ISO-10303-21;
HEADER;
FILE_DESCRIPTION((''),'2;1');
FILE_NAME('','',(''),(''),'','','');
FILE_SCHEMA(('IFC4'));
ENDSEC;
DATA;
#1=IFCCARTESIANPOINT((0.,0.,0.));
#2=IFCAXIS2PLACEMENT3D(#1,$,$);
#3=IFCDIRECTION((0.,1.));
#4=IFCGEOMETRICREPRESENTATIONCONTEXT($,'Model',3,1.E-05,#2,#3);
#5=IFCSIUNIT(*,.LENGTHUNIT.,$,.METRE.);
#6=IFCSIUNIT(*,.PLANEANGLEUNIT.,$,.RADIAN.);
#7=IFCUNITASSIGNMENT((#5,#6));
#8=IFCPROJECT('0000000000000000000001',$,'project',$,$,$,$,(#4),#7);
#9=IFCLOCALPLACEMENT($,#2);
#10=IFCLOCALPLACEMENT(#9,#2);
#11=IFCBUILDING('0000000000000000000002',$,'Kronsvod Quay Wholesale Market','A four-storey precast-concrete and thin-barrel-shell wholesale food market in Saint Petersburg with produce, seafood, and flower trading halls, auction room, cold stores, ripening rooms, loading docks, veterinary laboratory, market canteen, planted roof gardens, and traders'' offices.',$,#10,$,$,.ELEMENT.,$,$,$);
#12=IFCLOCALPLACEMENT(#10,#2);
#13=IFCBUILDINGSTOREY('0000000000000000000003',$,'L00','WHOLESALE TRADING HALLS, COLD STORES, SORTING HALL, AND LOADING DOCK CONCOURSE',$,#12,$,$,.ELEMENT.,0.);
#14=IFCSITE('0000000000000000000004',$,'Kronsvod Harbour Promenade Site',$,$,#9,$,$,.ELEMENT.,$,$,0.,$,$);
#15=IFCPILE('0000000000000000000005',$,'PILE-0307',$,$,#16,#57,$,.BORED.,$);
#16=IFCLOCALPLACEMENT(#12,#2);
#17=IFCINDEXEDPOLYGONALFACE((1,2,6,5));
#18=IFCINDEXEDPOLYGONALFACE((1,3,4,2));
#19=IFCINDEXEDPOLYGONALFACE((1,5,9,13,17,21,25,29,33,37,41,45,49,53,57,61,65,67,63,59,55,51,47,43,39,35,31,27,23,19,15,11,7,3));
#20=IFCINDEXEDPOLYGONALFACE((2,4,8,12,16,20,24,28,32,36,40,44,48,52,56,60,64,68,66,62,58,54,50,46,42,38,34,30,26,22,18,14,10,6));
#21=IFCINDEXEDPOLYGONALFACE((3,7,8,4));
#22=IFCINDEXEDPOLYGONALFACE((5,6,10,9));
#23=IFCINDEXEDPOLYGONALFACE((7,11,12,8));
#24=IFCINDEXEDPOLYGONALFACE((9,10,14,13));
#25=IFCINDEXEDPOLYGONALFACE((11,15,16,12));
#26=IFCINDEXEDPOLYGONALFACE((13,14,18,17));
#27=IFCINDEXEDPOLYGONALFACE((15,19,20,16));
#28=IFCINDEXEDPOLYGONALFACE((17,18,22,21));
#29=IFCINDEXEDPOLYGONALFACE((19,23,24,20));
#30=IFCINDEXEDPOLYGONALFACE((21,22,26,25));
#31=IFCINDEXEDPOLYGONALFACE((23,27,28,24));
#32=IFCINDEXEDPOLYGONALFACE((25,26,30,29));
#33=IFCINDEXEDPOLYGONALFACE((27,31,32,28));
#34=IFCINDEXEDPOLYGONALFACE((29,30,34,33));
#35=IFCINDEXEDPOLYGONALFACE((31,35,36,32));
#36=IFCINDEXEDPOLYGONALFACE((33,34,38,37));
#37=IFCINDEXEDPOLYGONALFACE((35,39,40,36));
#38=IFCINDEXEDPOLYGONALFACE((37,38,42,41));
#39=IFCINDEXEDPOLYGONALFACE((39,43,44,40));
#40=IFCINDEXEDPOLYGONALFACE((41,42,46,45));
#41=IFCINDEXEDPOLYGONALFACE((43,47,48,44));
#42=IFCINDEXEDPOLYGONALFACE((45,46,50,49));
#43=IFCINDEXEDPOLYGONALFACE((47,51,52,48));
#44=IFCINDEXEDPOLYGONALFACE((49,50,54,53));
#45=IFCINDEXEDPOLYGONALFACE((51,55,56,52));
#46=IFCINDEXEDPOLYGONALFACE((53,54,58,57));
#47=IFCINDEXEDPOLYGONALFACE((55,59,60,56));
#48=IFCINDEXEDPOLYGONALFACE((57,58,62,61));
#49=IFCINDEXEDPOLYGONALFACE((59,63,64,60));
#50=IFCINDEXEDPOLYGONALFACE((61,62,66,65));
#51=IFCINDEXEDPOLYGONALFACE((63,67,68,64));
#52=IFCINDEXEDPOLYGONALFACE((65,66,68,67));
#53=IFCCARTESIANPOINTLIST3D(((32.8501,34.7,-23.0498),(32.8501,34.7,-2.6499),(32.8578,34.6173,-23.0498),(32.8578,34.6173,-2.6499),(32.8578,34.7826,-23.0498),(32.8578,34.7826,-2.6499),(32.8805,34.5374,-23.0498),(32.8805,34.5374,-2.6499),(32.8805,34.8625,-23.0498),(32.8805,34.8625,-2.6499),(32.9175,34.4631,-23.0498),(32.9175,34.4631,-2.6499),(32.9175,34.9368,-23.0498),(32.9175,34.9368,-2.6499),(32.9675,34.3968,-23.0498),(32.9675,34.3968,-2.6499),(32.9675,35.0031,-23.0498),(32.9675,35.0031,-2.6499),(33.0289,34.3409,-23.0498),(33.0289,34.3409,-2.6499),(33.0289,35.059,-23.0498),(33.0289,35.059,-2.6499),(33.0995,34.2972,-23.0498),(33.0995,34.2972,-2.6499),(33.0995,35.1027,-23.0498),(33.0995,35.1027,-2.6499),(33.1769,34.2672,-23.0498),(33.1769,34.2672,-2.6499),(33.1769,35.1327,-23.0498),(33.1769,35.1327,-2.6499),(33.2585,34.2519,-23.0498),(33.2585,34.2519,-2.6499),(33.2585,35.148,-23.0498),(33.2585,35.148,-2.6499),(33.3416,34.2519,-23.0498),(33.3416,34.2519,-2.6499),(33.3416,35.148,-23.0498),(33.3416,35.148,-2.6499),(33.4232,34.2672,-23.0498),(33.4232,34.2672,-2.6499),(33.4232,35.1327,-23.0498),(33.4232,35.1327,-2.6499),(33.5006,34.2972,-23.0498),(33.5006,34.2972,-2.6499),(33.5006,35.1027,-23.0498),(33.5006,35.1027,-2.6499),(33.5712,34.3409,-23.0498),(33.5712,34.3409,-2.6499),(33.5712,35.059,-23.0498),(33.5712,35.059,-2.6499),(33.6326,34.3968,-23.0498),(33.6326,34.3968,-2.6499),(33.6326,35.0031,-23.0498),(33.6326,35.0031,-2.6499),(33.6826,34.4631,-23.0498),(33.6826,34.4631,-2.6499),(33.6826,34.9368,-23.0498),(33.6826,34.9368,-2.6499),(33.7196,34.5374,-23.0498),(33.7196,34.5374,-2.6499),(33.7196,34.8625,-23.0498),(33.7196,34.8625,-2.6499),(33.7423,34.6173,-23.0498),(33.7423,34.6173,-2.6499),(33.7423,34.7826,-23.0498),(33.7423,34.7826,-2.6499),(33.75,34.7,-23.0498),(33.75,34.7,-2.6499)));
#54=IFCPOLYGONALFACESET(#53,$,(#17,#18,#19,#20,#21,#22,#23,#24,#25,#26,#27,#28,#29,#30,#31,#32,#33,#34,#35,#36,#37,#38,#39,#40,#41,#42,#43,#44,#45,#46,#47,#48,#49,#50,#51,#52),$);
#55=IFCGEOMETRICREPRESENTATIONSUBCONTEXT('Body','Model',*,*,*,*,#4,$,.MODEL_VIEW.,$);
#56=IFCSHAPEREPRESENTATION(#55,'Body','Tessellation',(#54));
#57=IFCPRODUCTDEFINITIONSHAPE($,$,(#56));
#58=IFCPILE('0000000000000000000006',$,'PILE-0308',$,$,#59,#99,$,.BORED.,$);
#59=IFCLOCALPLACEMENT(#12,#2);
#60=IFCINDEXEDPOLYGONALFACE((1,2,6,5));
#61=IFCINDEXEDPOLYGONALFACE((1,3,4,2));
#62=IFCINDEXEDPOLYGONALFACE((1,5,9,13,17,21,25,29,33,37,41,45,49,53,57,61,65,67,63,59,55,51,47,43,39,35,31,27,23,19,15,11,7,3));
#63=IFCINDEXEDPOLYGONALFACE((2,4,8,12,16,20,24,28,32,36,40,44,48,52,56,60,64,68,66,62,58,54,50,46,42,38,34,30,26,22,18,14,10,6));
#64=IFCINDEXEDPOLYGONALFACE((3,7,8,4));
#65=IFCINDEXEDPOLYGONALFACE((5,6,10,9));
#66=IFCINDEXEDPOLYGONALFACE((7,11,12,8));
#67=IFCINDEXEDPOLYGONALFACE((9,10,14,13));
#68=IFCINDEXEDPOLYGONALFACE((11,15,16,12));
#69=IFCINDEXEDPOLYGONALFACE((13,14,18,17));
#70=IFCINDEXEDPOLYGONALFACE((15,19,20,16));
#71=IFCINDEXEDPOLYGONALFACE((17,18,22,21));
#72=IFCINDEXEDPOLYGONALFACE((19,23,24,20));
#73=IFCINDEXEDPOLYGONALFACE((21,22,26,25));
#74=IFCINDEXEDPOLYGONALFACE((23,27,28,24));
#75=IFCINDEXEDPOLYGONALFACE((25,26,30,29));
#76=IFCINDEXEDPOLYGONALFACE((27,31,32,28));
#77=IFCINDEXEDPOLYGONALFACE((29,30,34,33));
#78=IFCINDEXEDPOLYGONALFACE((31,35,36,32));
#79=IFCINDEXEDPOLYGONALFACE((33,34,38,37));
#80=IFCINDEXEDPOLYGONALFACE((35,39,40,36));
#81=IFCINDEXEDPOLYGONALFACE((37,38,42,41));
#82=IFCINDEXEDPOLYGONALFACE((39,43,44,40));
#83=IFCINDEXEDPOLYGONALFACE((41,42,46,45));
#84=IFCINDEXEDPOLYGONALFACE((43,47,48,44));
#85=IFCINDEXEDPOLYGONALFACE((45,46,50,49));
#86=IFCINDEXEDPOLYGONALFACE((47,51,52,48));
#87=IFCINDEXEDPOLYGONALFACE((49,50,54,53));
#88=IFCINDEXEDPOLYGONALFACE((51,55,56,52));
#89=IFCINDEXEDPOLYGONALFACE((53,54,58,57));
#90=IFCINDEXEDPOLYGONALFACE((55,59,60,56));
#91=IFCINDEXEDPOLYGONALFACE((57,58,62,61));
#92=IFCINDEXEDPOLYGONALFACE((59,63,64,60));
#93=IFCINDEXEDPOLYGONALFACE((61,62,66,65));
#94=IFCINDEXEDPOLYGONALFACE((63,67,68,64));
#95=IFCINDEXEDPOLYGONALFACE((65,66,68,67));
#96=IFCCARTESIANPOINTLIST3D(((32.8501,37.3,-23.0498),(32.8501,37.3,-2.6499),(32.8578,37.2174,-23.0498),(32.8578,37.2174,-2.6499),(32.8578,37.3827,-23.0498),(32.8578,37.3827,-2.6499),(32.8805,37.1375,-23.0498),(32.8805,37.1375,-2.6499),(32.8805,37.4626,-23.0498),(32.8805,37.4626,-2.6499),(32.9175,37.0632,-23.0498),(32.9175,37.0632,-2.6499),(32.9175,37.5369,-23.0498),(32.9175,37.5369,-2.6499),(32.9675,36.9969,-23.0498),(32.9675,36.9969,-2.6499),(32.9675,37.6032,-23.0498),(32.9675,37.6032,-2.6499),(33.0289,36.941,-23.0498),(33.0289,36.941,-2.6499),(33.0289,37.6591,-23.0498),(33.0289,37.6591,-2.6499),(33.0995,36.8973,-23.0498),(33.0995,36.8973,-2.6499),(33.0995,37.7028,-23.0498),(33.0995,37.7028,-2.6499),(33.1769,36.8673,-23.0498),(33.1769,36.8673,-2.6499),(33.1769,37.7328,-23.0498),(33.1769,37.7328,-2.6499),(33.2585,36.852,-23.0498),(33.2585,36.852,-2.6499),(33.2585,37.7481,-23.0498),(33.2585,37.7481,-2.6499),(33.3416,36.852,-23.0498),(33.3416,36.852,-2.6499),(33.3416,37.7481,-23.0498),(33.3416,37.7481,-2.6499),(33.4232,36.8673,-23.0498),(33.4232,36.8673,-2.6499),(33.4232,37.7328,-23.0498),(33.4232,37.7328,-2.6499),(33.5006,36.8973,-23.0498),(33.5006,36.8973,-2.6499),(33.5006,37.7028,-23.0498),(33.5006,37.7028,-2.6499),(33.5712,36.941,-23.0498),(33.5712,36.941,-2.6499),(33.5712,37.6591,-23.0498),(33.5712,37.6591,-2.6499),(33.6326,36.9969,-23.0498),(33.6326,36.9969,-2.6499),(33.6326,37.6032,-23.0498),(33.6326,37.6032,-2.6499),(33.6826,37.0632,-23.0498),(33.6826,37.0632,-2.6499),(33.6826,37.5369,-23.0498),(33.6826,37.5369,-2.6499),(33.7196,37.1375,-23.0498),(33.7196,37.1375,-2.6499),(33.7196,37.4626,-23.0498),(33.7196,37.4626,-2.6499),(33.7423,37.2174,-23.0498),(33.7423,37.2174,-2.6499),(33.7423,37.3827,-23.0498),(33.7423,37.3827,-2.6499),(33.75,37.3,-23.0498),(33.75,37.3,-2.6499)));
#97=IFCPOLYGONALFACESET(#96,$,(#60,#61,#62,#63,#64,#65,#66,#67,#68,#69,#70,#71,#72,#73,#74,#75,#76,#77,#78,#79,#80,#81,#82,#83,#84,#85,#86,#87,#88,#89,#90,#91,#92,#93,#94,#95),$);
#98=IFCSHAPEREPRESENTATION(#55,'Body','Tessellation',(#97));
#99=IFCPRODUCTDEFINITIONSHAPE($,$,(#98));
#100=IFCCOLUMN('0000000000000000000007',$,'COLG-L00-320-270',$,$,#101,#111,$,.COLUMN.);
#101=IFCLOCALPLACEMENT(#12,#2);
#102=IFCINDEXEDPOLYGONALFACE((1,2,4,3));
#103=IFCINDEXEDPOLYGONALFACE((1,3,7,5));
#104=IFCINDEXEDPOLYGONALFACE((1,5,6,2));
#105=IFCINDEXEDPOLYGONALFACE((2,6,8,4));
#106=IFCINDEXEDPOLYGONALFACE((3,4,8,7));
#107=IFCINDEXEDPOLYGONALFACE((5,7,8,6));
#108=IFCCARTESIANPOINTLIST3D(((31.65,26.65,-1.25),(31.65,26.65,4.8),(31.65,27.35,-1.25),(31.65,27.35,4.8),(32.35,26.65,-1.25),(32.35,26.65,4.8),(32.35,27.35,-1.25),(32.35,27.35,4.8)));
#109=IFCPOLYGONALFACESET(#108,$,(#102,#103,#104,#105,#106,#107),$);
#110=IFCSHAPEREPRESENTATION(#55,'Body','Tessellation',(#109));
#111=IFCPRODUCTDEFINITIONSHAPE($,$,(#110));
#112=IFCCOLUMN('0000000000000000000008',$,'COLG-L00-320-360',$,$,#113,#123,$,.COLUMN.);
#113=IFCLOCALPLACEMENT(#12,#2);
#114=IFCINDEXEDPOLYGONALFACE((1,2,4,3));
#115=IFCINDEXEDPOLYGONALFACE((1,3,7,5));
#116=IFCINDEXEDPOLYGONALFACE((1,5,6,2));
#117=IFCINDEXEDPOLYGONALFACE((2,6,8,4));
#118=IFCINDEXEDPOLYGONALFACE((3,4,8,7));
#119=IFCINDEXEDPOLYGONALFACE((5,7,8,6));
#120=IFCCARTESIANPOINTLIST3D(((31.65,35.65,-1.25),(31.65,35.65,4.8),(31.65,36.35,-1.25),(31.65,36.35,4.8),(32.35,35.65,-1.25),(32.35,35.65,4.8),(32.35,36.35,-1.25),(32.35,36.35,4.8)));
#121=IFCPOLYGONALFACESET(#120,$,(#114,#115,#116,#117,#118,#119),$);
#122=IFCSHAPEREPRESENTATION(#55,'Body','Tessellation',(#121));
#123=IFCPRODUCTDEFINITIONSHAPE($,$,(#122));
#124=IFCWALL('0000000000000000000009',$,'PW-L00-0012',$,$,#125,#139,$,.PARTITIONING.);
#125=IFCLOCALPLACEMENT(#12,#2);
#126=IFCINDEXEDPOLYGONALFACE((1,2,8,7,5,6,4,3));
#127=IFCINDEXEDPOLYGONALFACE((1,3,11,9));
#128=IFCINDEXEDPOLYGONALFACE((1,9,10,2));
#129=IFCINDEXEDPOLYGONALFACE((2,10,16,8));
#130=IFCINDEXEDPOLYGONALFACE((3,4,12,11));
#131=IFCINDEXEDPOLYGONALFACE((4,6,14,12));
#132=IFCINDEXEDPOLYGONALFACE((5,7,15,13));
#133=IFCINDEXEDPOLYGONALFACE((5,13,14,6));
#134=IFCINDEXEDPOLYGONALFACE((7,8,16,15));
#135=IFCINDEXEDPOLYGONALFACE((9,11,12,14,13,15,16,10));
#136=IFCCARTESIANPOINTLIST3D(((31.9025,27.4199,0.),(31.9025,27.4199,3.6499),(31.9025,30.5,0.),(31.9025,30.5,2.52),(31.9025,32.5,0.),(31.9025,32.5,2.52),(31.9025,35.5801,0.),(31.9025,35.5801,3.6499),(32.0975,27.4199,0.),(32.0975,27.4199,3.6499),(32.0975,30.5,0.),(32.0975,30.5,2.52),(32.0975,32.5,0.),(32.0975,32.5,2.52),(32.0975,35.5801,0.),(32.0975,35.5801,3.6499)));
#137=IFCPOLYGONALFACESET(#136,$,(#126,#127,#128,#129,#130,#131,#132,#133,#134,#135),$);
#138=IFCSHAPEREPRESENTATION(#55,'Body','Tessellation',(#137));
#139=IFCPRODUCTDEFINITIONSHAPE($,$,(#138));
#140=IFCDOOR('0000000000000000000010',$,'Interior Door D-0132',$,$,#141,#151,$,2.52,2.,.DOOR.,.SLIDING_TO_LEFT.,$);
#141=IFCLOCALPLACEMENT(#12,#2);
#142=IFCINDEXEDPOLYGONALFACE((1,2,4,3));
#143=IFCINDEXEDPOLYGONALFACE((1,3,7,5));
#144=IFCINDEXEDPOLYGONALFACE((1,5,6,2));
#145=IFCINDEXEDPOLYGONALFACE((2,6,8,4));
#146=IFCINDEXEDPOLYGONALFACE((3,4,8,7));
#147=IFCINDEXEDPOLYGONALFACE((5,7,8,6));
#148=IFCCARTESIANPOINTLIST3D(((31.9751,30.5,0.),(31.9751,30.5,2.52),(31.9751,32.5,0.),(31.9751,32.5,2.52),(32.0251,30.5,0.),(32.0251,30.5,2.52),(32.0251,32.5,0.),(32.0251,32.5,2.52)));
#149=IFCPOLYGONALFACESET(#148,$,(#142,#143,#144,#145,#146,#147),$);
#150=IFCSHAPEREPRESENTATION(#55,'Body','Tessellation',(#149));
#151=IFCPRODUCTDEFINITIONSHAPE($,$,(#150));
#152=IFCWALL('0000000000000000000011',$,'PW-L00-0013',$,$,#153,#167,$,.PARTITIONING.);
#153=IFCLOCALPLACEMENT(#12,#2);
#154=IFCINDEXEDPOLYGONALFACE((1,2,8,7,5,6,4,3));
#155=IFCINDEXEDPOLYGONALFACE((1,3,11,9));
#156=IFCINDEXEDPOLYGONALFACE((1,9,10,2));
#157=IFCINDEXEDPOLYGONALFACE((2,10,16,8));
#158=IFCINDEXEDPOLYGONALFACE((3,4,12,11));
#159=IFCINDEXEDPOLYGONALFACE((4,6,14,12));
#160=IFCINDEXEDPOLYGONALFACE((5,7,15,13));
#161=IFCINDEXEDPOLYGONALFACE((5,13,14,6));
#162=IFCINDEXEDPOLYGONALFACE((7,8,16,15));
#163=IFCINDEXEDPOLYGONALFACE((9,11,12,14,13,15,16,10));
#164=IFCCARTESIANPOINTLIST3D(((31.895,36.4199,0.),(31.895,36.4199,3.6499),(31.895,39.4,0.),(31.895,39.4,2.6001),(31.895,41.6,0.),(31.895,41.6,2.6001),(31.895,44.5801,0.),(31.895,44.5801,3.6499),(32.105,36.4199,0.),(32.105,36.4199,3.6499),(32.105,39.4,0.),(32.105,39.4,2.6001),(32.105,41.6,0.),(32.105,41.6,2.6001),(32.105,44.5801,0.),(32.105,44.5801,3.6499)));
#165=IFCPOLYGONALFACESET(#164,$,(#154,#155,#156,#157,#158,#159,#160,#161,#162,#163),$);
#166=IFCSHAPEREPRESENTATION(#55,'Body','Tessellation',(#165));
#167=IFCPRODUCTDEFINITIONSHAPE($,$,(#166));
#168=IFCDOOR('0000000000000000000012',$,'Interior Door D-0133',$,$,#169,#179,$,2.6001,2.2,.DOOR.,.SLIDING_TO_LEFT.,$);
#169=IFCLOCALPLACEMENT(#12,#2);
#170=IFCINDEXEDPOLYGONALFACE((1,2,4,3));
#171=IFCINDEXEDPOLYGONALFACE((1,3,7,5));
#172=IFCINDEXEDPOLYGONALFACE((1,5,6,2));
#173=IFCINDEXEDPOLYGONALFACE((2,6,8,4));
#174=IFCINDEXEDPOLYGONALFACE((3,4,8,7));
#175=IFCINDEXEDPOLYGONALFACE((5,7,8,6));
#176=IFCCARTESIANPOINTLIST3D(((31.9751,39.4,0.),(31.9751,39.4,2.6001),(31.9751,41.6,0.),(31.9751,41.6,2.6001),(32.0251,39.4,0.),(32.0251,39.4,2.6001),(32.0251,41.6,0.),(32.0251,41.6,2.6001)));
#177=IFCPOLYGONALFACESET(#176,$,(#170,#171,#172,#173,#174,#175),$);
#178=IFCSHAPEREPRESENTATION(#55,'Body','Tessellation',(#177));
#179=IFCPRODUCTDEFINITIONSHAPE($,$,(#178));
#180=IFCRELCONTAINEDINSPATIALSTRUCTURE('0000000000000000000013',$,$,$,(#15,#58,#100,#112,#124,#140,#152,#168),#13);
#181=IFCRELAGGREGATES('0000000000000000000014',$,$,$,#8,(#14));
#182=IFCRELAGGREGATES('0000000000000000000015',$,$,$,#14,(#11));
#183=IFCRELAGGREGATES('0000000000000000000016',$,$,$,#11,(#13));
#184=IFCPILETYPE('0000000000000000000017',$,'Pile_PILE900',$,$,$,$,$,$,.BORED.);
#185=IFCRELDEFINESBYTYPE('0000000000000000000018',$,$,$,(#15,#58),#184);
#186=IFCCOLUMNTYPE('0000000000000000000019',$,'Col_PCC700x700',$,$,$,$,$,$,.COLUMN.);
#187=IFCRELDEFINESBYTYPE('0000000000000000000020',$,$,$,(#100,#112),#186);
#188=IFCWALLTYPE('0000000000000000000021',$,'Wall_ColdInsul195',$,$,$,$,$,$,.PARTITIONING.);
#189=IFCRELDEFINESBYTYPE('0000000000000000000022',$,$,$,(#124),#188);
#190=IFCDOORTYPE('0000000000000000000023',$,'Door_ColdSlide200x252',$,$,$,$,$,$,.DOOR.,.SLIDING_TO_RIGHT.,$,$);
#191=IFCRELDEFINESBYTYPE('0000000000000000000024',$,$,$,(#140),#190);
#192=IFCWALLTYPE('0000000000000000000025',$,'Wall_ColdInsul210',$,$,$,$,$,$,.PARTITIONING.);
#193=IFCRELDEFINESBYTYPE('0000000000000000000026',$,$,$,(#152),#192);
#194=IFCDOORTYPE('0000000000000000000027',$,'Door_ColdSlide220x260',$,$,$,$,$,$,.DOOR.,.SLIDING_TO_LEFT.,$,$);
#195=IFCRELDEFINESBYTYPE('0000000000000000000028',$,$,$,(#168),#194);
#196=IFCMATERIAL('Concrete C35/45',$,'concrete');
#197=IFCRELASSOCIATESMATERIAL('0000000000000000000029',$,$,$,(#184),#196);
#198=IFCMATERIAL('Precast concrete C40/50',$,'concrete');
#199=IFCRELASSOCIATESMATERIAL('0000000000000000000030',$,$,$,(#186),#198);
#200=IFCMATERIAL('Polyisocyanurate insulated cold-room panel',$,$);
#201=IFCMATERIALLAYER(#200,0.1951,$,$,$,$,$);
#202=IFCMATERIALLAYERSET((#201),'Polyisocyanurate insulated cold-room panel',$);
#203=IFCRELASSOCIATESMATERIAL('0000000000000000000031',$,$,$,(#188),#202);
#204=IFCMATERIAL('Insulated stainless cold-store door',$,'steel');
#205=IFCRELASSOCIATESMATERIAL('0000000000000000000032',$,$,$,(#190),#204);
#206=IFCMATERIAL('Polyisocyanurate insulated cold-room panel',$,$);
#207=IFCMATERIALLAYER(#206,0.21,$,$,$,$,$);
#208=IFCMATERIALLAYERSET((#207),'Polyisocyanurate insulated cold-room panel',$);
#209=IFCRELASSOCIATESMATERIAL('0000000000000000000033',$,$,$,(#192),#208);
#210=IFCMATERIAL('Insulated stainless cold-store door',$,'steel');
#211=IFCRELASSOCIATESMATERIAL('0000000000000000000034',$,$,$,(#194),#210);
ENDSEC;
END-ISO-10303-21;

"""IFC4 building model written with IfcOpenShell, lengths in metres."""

from ifc_helpers import new_model, si_unit, direction, frame, frame_2d, origin, origin_2d, place, context, subcontext, project, spatial, rectangle, circle, extrude, material, layer, layer_set, material_profile, profile_set, type_object, element, fill, save


model = new_model("IFC4")

# Units and contexts
model_context = context("Model", 3, precision=1e-05, world=origin(), true_north=direction((0.0, 1.0)))
body_context = subcontext(model_context, "Body", "Model", "MODEL_VIEW")
ifc_project = project(units=[si_unit("LENGTHUNIT", "METRE"), si_unit("PLANEANGLEUNIT", "RADIAN")], contexts=[model_context])

# Site, building, storey
site_placement = place(None, origin())
site = spatial("IfcSite", under=ifc_project, at=site_placement, Name="Kronsvod Harbour Promenade Site", CompositionType="ELEMENT", RefElevation=0.0)
building_placement = place(site_placement, origin())
building = spatial("IfcBuilding", under=site, at=building_placement, Name="Kronsvod Quay Wholesale Market", Description="A four-storey precast-concrete and thin-barrel-shell wholesale food market in Saint Petersburg with produce, seafood, and flower trading halls, auction room, cold stores, ripening rooms, loading docks, veterinary laboratory, market canteen, planted roof gardens, and traders' offices.", CompositionType="ELEMENT")
storey_placement = place(building_placement, origin())
storey = spatial("IfcBuildingStorey", under=building, at=storey_placement, Name="L00", Description="WHOLESALE TRADING HALLS, COLD STORES, SORTING HALL, AND LOADING DOCK CONCOURSE", CompositionType="ELEMENT", Elevation=0.0)

# Piles
ifc_material_1 = material(Name="Concrete C35/45", Category="concrete")
ifc_material_profile_1 = material_profile(ifc_material_1, circle(Radius=0.45, at=origin_2d()), Name="PILE900")
ifc_profile_set_1 = profile_set([ifc_material_profile_1], Name="Concrete C35/45")
pile_type = type_object("IfcPileType", Name="Pile_PILE900", PredefinedType="BORED", material=ifc_profile_set_1)
for number, where, z_axis, x_axis, name in (
    (1, (33.3, 34.7, -2.6499), (0.0, 0.0, -1.0), (1.0, 0.0, 0.0), "PILE-0307"),
    (2, (33.3, 37.3, -2.6499), (0.0, 0.0, -1.0), (1.0, 0.0, 0.0), "PILE-0308"),
):
    element("IfcPile", number, at=place(storey_placement, frame(where, z_axis=z_axis, x_axis=x_axis)), inside=storey, type_object=pile_type, Name=name, PredefinedType="BORED", context=body_context, shape_type="SweptSolid", body=[
        extrude(circle(Radius=0.45, at=origin_2d()), origin(), (0.0, 0.0, 1.0), 20.3999),
    ])

# Columns
ifc_material_2 = material(Name="Precast concrete C40/50", Category="concrete")
ifc_material_profile_2 = material_profile(ifc_material_2, rectangle(XDim=0.7, YDim=0.7, at=origin_2d()), Name="PCC700x700")
ifc_profile_set_2 = profile_set([ifc_material_profile_2], Name="Precast concrete C40/50")
column_type = type_object("IfcColumnType", Name="Col_PCC700x700", PredefinedType="COLUMN", material=ifc_profile_set_2)
for number, where, z_axis, x_axis, name in (
    (3, (32.0, 27.0, -1.25), (0.0, 0.0, 1.0), (1.0, 0.0, 0.0), "COLG-L00-320-270"),
    (4, (32.0, 36.0, -1.25), (0.0, 0.0, 1.0), (1.0, 0.0, 0.0), "COLG-L00-320-360"),
):
    element("IfcColumn", number, at=place(storey_placement, frame(where, z_axis=z_axis, x_axis=x_axis)), inside=storey, type_object=column_type, Name=name, PredefinedType="COLUMN", context=body_context, shape_type="SweptSolid", body=[
        extrude(rectangle(XDim=0.7, YDim=0.7, at=origin_2d()), origin(), (0.0, 0.0, 1.0), 6.05),
    ])

# Walls, openings, doors
ifc_material_3 = material(Name="Polyisocyanurate insulated cold-room panel")
ifc_layer_1 = layer(ifc_material_3, 0.1951)
ifc_layer_set_1 = layer_set([ifc_layer_1], Name="Polyisocyanurate insulated cold-room panel")
wall_type_1 = type_object("IfcWallType", Name="Wall_ColdInsul195", PredefinedType="PARTITIONING", material=ifc_layer_set_1)
wall_1_placement = place(storey_placement, frame((32.0, 27.4199, 0.0), z_axis=(0.0, 0.0, 1.0), x_axis=(0.0, 1.0, 0.0)))
wall_1 = element("IfcWall", 5, at=wall_1_placement, inside=storey, type_object=wall_type_1, Name="PW-L00-0012", PredefinedType="PARTITIONING", context=body_context, shape_type="SweptSolid", body=[
    extrude(rectangle(XDim=8.1602, YDim=0.1951, at=frame_2d((4.0801, 0.0))), origin(), (0.0, 0.0, 1.0), 3.6499),
])
opening_1_placement = place(wall_1_placement, frame((3.0801, 0.0, 0.0)))
opening_1 = element("IfcOpeningElement", 6, at=opening_1_placement, cuts=wall_1, PredefinedType="OPENING", context=body_context, shape_type="SweptSolid", body=[
    extrude(rectangle(XDim=2.0, YDim=2.52, at=frame_2d((1.0, 1.26))), frame((0.0, 0.1074, 0.0), z_axis=(0.0, -1.0, 0.0), x_axis=(1.0, 0.0, 0.0)), (0.0, 0.0, 1.0), 0.2151),
])
ifc_material_4 = material(Name="Insulated stainless cold-store door", Category="steel")
door_type_1 = type_object("IfcDoorType", Name="Door_ColdSlide200x252", OperationType="SLIDING_TO_RIGHT", PredefinedType="DOOR", material=ifc_material_4)
door_1_placement = place(opening_1_placement, origin())
door_1 = element("IfcDoor", 7, at=door_1_placement, inside=storey, type_object=door_type_1, Name="Interior Door D-0132", OperationType="SLIDING_TO_LEFT", OverallHeight=2.52, OverallWidth=2.0, PredefinedType="DOOR", context=body_context, shape_type="SweptSolid", body=[
    extrude(rectangle(XDim=2.0, YDim=2.52, at=frame_2d((1.0, 1.26))), frame((0.0, 0.0249, 0.0), z_axis=(0.0, -1.0, 0.0), x_axis=(1.0, 0.0, 0.0)), (0.0, 0.0, 1.0), 0.05),
])
fill(opening_1, door_1)
ifc_material_5 = material(Name="Polyisocyanurate insulated cold-room panel")
ifc_layer_2 = layer(ifc_material_5, 0.21)
ifc_layer_set_2 = layer_set([ifc_layer_2], Name="Polyisocyanurate insulated cold-room panel")
wall_type_2 = type_object("IfcWallType", Name="Wall_ColdInsul210", PredefinedType="PARTITIONING", material=ifc_layer_set_2)
wall_2_placement = place(storey_placement, frame((32.0, 36.4199, 0.0), z_axis=(0.0, 0.0, 1.0), x_axis=(0.0, 1.0, 0.0)))
wall_2 = element("IfcWall", 8, at=wall_2_placement, inside=storey, type_object=wall_type_2, Name="PW-L00-0013", PredefinedType="PARTITIONING", context=body_context, shape_type="SweptSolid", body=[
    extrude(rectangle(XDim=8.1602, YDim=0.21, at=frame_2d((4.0801, 0.0))), origin(), (0.0, 0.0, 1.0), 3.6499),
])
opening_2_placement = place(wall_2_placement, frame((2.98, 0.0, 0.0)))
opening_2 = element("IfcOpeningElement", 9, at=opening_2_placement, cuts=wall_2, PredefinedType="OPENING", context=body_context, shape_type="SweptSolid", body=[
    extrude(rectangle(XDim=2.2, YDim=2.6001, at=frame_2d((1.1001, 1.3))), frame((0.0, 0.115, 0.0), z_axis=(0.0, -1.0, 0.0), x_axis=(1.0, 0.0, 0.0)), (0.0, 0.0, 1.0), 0.23),
])
ifc_material_6 = material(Name="Insulated stainless cold-store door", Category="steel")
door_type_2 = type_object("IfcDoorType", Name="Door_ColdSlide220x260", OperationType="SLIDING_TO_LEFT", PredefinedType="DOOR", material=ifc_material_6)
door_2_placement = place(opening_2_placement, origin())
door_2 = element("IfcDoor", 10, at=door_2_placement, inside=storey, type_object=door_type_2, Name="Interior Door D-0133", OperationType="SLIDING_TO_LEFT", OverallHeight=2.6001, OverallWidth=2.2, PredefinedType="DOOR", context=body_context, shape_type="SweptSolid", body=[
    extrude(rectangle(XDim=2.2, YDim=2.6001, at=frame_2d((1.1001, 1.3))), frame((0.0, 0.0249, 0.0), z_axis=(0.0, -1.0, 0.0), x_axis=(1.0, 0.0, 0.0)), (0.0, 0.0, 1.0), 0.05),
])
fill(opening_2, door_2)

save(model, "model.ifc")
